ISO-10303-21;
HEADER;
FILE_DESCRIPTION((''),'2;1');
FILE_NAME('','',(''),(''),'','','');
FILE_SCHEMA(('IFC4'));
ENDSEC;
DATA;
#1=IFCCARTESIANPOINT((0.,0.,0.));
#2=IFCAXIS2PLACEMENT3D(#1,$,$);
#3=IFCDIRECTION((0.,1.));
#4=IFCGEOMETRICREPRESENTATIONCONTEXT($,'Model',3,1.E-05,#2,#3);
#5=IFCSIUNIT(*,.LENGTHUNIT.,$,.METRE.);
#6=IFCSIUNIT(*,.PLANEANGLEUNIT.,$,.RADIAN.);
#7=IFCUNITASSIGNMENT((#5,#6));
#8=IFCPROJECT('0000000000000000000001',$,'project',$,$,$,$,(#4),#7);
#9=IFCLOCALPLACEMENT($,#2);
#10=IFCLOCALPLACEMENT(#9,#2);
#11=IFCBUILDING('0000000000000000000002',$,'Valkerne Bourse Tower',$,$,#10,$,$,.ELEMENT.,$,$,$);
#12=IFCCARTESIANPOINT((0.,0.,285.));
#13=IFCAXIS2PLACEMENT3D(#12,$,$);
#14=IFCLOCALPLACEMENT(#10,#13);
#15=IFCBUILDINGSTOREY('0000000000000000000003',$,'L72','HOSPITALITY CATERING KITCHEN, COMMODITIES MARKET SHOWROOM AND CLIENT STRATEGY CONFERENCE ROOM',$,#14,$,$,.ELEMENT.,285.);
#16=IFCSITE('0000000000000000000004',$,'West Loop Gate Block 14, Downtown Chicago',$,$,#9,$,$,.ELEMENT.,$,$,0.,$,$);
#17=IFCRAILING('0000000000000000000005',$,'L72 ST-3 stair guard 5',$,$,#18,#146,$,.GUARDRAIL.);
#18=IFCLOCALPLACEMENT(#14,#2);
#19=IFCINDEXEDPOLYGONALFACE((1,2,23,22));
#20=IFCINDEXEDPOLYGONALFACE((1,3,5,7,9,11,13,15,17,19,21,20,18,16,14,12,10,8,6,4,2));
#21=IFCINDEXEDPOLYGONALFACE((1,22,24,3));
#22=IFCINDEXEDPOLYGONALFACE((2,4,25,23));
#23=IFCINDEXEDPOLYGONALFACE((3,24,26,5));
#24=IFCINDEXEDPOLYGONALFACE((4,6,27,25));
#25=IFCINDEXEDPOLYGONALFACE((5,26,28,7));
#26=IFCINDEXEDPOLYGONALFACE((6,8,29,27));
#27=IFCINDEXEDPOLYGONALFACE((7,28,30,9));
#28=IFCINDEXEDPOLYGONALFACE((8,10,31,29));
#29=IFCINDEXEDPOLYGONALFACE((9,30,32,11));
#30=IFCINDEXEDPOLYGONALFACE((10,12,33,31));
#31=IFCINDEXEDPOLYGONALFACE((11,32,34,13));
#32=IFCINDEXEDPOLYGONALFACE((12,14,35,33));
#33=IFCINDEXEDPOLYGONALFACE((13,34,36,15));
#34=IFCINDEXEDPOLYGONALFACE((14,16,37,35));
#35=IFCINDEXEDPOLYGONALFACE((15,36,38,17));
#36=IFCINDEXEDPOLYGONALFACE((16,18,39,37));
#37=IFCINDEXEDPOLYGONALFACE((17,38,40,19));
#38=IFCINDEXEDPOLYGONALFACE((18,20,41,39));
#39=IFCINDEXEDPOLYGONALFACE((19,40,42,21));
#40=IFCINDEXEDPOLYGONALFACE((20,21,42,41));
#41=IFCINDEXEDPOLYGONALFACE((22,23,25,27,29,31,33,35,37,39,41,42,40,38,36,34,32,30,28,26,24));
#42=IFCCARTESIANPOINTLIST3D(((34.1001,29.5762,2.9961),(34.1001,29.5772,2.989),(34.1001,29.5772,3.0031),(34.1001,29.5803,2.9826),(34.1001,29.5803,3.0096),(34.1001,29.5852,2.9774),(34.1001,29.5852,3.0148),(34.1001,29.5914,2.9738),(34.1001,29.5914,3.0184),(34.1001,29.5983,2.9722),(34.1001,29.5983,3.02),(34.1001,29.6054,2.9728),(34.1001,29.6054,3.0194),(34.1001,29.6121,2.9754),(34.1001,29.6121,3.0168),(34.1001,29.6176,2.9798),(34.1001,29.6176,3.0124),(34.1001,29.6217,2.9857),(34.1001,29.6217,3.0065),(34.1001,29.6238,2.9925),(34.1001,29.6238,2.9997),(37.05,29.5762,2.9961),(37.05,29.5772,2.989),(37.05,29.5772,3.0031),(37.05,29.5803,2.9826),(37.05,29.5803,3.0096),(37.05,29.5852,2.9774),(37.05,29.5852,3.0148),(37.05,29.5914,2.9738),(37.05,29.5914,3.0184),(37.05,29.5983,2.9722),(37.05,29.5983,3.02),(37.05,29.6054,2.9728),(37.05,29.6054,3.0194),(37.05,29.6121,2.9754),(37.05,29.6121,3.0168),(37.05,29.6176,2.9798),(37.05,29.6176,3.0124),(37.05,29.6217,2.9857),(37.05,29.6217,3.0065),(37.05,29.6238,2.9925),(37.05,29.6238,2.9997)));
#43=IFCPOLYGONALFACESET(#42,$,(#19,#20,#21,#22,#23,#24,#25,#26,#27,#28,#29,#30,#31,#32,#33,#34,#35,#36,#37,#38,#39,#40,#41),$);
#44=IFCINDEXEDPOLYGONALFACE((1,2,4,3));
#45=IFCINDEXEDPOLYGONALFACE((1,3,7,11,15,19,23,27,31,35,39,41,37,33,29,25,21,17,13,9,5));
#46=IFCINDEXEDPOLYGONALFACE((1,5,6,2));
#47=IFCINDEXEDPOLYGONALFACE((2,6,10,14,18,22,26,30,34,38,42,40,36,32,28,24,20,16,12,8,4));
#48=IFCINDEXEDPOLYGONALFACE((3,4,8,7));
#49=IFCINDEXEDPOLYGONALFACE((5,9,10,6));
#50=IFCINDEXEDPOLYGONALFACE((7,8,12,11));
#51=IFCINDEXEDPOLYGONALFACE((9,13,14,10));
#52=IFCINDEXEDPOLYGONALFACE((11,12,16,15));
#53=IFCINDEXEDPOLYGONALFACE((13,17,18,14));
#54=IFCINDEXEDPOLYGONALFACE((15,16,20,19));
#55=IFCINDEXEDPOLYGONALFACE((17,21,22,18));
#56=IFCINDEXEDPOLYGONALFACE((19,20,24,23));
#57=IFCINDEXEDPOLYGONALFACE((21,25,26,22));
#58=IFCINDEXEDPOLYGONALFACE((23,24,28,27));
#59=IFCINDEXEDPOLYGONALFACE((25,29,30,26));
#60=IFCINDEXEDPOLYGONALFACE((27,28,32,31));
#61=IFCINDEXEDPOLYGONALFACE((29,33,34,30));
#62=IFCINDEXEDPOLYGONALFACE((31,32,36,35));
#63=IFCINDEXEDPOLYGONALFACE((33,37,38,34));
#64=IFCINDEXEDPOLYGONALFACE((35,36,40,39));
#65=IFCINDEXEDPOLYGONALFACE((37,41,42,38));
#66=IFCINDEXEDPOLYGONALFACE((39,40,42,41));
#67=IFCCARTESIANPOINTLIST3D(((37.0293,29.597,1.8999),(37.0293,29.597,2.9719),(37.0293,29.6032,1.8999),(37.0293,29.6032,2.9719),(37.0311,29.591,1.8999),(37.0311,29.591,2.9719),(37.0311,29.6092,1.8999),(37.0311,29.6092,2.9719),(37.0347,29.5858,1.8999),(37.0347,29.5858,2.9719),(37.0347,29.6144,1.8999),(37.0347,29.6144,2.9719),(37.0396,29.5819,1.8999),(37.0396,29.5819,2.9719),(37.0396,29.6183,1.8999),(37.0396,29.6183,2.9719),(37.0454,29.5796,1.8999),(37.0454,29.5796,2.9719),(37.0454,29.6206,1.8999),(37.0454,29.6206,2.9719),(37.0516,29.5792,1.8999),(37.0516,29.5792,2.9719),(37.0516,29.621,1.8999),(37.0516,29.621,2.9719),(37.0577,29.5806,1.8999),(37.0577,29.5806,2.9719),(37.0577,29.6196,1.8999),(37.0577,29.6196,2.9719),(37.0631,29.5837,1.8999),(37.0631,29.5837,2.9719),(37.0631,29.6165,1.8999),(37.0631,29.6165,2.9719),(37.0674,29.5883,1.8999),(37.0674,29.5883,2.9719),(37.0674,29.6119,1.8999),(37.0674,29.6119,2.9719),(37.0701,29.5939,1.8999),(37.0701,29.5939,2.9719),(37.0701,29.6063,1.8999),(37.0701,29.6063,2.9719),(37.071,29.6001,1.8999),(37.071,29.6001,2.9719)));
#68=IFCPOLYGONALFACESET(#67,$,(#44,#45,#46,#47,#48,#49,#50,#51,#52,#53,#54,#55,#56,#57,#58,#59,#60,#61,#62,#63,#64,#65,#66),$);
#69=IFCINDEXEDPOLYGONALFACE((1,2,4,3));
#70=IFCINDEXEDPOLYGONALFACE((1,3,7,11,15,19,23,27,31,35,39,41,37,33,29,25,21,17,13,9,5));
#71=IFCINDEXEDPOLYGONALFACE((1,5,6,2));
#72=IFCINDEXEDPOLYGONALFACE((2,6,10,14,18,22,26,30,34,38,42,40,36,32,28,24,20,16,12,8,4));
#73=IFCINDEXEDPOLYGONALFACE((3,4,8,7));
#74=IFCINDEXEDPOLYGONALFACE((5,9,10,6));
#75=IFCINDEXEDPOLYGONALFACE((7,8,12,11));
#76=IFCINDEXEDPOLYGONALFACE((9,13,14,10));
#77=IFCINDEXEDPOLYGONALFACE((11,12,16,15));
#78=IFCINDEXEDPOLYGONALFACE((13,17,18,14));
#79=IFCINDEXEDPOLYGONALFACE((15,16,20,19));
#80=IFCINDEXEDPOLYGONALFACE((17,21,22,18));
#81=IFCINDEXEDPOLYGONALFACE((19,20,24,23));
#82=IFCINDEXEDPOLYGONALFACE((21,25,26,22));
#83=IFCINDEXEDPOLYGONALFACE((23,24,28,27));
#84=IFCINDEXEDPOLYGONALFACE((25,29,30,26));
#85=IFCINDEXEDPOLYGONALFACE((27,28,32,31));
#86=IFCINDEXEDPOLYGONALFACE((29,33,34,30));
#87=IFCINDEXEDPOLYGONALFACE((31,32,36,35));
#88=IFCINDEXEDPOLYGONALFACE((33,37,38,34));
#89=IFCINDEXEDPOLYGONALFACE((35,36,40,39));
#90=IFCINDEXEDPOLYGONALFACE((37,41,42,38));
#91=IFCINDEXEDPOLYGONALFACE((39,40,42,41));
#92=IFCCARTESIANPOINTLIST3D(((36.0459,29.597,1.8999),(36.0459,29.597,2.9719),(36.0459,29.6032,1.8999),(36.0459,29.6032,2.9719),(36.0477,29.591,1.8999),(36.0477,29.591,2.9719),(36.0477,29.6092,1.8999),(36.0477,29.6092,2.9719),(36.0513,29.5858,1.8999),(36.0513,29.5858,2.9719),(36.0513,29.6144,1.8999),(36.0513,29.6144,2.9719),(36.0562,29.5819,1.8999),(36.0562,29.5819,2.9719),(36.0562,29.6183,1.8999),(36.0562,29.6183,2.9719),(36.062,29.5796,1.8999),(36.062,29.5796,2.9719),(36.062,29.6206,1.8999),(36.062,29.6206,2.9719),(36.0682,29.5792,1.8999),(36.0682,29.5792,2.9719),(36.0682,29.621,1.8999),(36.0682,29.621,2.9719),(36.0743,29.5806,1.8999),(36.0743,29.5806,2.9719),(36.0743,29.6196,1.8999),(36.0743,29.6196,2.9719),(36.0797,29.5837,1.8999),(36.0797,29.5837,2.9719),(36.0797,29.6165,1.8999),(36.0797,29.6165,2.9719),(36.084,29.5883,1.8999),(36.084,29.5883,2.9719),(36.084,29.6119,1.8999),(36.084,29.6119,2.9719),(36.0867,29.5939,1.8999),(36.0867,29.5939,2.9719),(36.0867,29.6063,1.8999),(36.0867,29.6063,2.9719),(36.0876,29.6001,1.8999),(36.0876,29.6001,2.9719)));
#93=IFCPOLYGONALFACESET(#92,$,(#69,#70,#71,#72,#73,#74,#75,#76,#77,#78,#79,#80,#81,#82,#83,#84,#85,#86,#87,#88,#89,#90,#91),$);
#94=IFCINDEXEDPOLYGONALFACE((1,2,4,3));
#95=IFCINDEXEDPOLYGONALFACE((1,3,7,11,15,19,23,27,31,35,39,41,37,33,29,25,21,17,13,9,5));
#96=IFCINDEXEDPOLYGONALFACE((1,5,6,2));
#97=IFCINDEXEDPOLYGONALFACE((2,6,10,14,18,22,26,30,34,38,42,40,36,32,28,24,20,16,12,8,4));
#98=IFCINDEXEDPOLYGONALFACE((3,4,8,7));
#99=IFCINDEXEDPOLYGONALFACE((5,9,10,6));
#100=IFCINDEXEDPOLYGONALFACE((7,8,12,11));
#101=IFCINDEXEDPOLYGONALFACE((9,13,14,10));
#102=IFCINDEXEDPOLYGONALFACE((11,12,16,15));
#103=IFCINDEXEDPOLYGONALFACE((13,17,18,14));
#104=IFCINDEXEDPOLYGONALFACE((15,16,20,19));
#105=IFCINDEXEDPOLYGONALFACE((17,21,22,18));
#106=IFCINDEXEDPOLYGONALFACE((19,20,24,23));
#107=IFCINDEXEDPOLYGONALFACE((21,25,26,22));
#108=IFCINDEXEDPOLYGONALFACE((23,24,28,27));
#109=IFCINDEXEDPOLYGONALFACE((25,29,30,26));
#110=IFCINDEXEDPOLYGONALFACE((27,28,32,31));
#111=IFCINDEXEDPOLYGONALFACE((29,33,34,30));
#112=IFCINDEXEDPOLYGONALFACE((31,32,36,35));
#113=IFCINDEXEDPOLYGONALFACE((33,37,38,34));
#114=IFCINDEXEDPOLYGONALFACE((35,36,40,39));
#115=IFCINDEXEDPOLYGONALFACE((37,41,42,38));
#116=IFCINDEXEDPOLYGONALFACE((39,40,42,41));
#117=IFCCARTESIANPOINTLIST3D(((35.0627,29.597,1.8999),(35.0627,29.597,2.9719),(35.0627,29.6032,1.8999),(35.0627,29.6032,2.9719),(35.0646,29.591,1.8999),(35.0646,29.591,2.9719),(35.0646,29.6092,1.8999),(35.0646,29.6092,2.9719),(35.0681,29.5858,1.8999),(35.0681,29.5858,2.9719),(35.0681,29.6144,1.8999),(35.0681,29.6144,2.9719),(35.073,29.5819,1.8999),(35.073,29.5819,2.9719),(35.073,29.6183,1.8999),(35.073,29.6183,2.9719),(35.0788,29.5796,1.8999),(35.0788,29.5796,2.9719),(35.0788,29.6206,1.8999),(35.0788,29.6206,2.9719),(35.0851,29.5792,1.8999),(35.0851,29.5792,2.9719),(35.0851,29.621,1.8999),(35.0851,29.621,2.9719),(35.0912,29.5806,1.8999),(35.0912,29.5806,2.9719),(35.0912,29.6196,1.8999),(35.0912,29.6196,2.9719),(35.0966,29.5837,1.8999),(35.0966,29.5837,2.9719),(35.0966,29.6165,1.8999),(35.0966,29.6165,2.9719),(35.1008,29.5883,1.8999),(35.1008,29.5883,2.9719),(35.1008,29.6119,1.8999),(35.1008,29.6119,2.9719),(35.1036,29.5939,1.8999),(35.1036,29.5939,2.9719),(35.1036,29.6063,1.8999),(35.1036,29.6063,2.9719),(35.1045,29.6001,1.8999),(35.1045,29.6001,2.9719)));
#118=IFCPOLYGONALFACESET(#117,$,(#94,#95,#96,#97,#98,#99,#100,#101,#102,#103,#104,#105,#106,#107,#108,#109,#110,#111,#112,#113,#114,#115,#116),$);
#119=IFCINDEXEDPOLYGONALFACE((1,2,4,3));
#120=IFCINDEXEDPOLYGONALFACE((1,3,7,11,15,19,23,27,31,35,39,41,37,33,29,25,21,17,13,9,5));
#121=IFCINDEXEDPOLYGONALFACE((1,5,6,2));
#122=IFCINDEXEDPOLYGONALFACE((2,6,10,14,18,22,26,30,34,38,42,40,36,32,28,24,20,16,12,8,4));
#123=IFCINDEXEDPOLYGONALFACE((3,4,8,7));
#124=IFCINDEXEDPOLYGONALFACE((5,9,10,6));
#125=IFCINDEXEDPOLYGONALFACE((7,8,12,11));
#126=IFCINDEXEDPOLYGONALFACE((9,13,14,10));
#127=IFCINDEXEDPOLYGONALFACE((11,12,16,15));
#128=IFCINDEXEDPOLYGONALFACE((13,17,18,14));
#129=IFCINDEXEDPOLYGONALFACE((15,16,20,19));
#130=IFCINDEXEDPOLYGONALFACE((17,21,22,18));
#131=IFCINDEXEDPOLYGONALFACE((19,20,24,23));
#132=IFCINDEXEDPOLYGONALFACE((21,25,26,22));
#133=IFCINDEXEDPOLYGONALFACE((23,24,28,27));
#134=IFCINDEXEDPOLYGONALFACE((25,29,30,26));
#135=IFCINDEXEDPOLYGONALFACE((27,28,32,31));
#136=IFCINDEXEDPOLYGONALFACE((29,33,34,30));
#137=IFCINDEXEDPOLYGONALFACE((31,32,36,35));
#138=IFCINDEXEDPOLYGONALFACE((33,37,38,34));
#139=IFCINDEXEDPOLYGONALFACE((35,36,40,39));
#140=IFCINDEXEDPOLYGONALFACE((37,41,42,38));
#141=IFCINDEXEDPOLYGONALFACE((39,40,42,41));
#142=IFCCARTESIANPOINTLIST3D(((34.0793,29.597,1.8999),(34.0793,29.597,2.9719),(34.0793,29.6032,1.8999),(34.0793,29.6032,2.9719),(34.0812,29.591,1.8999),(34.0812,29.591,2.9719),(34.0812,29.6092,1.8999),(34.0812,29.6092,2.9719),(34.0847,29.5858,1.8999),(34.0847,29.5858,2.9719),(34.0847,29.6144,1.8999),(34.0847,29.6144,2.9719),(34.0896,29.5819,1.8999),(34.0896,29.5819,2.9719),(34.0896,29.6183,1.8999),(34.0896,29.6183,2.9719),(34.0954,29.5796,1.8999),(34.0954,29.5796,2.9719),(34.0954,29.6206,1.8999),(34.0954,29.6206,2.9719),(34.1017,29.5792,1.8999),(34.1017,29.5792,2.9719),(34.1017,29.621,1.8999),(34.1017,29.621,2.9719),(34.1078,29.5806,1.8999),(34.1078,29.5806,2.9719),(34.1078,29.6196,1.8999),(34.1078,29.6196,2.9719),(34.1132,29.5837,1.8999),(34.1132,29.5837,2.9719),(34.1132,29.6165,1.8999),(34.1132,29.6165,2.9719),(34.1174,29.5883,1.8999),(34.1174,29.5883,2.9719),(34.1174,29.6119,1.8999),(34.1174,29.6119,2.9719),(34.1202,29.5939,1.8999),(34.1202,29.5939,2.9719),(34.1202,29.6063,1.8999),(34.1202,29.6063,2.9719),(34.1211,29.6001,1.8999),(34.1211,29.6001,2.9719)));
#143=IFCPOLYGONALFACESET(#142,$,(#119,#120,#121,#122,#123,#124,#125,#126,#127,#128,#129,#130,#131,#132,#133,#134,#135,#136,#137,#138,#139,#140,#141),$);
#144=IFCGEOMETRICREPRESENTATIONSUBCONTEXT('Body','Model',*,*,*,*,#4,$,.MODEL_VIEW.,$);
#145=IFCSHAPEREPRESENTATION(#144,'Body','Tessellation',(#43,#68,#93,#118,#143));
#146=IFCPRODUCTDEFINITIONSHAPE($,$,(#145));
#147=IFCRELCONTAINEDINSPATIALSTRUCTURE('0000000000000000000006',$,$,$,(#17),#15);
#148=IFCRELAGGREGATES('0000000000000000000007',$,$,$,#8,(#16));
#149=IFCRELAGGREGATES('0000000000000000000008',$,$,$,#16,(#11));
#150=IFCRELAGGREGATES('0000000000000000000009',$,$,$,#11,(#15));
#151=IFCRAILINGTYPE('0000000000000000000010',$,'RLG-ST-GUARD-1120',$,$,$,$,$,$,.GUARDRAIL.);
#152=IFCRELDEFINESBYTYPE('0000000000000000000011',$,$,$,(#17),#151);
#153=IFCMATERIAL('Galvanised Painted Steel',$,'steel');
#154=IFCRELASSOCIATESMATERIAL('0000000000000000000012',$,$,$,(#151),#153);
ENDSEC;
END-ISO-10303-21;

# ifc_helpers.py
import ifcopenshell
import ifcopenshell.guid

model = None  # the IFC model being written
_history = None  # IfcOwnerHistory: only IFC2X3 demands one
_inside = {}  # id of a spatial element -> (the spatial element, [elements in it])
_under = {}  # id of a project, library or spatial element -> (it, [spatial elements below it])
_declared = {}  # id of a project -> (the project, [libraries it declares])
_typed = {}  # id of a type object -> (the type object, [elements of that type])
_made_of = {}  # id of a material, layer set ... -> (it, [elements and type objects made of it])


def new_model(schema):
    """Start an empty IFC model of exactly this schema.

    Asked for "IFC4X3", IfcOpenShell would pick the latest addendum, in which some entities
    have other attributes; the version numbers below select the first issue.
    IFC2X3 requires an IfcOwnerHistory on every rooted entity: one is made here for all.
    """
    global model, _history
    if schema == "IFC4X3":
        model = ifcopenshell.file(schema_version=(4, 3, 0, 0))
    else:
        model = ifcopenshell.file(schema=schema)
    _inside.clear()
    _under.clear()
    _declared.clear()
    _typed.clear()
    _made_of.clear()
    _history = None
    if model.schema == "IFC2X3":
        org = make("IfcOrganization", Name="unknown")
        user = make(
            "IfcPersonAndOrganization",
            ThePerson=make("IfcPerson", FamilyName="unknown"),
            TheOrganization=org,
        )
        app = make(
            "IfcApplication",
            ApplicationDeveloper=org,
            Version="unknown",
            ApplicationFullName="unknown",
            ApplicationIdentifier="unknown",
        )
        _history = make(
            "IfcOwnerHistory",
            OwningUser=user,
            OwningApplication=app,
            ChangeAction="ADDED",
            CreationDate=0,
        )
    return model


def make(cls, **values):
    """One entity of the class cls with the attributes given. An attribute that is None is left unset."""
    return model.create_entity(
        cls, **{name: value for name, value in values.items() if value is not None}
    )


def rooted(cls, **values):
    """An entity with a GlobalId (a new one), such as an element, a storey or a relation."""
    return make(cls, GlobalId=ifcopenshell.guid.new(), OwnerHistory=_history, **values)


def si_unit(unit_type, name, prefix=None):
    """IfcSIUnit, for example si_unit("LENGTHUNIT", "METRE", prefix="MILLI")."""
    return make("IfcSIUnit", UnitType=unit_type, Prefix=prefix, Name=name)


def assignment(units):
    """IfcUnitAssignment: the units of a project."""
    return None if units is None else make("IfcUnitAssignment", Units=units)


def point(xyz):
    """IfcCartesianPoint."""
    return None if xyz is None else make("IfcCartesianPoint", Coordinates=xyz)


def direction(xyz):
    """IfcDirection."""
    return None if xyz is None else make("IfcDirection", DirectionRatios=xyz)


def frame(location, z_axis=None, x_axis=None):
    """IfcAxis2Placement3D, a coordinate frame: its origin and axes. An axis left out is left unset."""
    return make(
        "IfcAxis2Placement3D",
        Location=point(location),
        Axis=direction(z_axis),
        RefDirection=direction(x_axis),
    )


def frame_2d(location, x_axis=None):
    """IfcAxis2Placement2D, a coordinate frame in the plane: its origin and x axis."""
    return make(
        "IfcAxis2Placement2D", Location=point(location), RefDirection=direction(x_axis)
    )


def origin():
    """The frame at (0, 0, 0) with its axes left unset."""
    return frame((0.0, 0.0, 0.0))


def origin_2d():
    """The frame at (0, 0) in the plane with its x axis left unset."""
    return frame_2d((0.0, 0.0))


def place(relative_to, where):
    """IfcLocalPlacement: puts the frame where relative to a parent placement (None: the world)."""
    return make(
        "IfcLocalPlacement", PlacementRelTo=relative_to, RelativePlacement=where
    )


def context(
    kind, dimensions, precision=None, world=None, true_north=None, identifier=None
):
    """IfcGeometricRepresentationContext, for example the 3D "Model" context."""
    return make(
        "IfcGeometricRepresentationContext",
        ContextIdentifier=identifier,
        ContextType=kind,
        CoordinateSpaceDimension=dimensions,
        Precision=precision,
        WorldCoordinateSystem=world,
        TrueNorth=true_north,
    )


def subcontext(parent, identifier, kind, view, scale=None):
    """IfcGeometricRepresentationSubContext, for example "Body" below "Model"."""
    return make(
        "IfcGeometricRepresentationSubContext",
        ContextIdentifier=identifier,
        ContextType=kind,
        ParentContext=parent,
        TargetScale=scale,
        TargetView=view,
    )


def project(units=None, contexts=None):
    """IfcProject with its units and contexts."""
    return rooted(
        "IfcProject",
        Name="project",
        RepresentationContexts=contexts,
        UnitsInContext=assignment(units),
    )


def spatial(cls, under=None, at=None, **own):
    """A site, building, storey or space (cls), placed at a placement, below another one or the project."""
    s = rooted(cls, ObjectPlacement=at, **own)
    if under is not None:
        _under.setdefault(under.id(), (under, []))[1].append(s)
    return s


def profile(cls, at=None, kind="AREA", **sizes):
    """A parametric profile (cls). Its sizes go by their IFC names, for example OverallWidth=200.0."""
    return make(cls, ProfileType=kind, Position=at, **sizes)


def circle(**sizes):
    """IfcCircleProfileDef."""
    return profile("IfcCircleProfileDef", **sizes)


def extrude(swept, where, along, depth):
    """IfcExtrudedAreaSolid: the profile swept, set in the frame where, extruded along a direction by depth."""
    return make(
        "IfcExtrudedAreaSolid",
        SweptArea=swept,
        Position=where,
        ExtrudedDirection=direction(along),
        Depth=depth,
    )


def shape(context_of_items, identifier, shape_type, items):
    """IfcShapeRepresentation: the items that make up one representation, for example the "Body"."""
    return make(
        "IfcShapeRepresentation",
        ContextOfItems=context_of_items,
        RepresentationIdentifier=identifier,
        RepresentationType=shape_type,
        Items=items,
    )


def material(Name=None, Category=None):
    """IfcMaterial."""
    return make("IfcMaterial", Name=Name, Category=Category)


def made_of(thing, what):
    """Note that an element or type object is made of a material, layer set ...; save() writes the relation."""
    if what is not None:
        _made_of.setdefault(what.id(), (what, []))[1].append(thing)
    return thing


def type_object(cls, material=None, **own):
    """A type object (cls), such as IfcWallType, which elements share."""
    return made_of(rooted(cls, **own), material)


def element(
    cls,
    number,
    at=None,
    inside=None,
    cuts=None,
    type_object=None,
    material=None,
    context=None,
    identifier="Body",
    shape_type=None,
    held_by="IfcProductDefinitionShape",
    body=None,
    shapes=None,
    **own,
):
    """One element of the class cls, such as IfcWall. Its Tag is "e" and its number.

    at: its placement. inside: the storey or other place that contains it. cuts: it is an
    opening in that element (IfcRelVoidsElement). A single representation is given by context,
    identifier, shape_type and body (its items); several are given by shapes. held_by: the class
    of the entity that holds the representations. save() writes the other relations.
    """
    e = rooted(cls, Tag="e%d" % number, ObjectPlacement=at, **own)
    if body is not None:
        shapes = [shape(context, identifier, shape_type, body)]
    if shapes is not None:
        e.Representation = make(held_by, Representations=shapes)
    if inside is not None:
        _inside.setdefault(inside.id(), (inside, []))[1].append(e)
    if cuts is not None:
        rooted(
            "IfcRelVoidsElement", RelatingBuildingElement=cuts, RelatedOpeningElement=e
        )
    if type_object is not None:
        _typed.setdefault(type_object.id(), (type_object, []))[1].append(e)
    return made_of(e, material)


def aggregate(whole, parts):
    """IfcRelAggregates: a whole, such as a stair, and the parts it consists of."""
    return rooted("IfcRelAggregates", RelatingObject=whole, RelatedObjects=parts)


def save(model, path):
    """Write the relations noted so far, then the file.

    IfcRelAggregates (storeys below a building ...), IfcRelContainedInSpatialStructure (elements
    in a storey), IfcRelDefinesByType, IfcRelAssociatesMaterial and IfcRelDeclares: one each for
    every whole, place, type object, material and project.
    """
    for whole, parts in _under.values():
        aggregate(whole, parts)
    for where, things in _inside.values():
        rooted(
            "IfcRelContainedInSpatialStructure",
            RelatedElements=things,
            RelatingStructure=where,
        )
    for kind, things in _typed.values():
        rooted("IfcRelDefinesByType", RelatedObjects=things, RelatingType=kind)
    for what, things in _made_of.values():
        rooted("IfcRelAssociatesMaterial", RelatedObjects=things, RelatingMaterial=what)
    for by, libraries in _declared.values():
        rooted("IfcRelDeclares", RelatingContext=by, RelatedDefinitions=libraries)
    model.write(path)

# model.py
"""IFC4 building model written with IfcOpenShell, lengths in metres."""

from ifc_helpers import new_model, si_unit, direction, frame, origin, origin_2d, place, context, subcontext, project, spatial, circle, extrude, material, type_object, element, save


model = new_model("IFC4")

# Units and contexts
model_context = context("Model", 3, precision=1e-05, world=origin(), true_north=direction((0.0, 1.0)))
body_context = subcontext(model_context, "Body", "Model", "MODEL_VIEW")
ifc_project = project(units=[si_unit("LENGTHUNIT", "METRE"), si_unit("PLANEANGLEUNIT", "RADIAN")], contexts=[model_context])

# Site, building, storey
site_placement = place(None, origin())
site = spatial("IfcSite", under=ifc_project, at=site_placement, Name="West Loop Gate Block 14, Downtown Chicago", CompositionType="ELEMENT", RefElevation=0.0)
building_placement = place(site_placement, origin())
building = spatial("IfcBuilding", under=site, at=building_placement, Name="Valkerne Bourse Tower", CompositionType="ELEMENT")
storey_placement = place(building_placement, frame((0.0, 0.0, 285.0)))
storey = spatial("IfcBuildingStorey", under=building, at=storey_placement, Name="L72", Description="HOSPITALITY CATERING KITCHEN, COMMODITIES MARKET SHOWROOM AND CLIENT STRATEGY CONFERENCE ROOM", CompositionType="ELEMENT", Elevation=285.0)

# Railing
ifc_material_1 = material(Name="Galvanised Painted Steel", Category="steel")
railing_type_1 = type_object("IfcRailingType", Name="RLG-ST-GUARD-1120", PredefinedType="GUARDRAIL", material=ifc_material_1)
railing_1_placement = place(storey_placement, frame((37.05, 29.6001, 1.8999)))
element("IfcRailing", 1, at=railing_1_placement, inside=storey, type_object=railing_type_1, Name="L72 ST-3 stair guard 5", PredefinedType="GUARDRAIL", context=body_context, shape_type="SweptSolid", body=[
    extrude(circle(Radius=0.0239, at=origin_2d()), frame((0.0, 0.0, 1.0962), z_axis=(-1.0, 0.0, 0.0), x_axis=(0.0, -1.0, 0.0)), (0.0, 0.0, 1.0), 2.95),
    extrude(circle(Radius=0.021, at=origin_2d()), origin(), (0.0, 0.0, 1.0), 1.072),
    extrude(circle(Radius=0.021, at=origin_2d()), frame((-0.9834, 0.0, 0.0)), (0.0, 0.0, 1.0), 1.072),
    extrude(circle(Radius=0.021, at=origin_2d()), frame((-1.9666, 0.0, 0.0)), (0.0, 0.0, 1.0), 1.072),
    extrude(circle(Radius=0.021, at=origin_2d()), frame((-2.95, 0.0, 0.0)), (0.0, 0.0, 1.0), 1.072),
])

save(model, "model.ifc")
